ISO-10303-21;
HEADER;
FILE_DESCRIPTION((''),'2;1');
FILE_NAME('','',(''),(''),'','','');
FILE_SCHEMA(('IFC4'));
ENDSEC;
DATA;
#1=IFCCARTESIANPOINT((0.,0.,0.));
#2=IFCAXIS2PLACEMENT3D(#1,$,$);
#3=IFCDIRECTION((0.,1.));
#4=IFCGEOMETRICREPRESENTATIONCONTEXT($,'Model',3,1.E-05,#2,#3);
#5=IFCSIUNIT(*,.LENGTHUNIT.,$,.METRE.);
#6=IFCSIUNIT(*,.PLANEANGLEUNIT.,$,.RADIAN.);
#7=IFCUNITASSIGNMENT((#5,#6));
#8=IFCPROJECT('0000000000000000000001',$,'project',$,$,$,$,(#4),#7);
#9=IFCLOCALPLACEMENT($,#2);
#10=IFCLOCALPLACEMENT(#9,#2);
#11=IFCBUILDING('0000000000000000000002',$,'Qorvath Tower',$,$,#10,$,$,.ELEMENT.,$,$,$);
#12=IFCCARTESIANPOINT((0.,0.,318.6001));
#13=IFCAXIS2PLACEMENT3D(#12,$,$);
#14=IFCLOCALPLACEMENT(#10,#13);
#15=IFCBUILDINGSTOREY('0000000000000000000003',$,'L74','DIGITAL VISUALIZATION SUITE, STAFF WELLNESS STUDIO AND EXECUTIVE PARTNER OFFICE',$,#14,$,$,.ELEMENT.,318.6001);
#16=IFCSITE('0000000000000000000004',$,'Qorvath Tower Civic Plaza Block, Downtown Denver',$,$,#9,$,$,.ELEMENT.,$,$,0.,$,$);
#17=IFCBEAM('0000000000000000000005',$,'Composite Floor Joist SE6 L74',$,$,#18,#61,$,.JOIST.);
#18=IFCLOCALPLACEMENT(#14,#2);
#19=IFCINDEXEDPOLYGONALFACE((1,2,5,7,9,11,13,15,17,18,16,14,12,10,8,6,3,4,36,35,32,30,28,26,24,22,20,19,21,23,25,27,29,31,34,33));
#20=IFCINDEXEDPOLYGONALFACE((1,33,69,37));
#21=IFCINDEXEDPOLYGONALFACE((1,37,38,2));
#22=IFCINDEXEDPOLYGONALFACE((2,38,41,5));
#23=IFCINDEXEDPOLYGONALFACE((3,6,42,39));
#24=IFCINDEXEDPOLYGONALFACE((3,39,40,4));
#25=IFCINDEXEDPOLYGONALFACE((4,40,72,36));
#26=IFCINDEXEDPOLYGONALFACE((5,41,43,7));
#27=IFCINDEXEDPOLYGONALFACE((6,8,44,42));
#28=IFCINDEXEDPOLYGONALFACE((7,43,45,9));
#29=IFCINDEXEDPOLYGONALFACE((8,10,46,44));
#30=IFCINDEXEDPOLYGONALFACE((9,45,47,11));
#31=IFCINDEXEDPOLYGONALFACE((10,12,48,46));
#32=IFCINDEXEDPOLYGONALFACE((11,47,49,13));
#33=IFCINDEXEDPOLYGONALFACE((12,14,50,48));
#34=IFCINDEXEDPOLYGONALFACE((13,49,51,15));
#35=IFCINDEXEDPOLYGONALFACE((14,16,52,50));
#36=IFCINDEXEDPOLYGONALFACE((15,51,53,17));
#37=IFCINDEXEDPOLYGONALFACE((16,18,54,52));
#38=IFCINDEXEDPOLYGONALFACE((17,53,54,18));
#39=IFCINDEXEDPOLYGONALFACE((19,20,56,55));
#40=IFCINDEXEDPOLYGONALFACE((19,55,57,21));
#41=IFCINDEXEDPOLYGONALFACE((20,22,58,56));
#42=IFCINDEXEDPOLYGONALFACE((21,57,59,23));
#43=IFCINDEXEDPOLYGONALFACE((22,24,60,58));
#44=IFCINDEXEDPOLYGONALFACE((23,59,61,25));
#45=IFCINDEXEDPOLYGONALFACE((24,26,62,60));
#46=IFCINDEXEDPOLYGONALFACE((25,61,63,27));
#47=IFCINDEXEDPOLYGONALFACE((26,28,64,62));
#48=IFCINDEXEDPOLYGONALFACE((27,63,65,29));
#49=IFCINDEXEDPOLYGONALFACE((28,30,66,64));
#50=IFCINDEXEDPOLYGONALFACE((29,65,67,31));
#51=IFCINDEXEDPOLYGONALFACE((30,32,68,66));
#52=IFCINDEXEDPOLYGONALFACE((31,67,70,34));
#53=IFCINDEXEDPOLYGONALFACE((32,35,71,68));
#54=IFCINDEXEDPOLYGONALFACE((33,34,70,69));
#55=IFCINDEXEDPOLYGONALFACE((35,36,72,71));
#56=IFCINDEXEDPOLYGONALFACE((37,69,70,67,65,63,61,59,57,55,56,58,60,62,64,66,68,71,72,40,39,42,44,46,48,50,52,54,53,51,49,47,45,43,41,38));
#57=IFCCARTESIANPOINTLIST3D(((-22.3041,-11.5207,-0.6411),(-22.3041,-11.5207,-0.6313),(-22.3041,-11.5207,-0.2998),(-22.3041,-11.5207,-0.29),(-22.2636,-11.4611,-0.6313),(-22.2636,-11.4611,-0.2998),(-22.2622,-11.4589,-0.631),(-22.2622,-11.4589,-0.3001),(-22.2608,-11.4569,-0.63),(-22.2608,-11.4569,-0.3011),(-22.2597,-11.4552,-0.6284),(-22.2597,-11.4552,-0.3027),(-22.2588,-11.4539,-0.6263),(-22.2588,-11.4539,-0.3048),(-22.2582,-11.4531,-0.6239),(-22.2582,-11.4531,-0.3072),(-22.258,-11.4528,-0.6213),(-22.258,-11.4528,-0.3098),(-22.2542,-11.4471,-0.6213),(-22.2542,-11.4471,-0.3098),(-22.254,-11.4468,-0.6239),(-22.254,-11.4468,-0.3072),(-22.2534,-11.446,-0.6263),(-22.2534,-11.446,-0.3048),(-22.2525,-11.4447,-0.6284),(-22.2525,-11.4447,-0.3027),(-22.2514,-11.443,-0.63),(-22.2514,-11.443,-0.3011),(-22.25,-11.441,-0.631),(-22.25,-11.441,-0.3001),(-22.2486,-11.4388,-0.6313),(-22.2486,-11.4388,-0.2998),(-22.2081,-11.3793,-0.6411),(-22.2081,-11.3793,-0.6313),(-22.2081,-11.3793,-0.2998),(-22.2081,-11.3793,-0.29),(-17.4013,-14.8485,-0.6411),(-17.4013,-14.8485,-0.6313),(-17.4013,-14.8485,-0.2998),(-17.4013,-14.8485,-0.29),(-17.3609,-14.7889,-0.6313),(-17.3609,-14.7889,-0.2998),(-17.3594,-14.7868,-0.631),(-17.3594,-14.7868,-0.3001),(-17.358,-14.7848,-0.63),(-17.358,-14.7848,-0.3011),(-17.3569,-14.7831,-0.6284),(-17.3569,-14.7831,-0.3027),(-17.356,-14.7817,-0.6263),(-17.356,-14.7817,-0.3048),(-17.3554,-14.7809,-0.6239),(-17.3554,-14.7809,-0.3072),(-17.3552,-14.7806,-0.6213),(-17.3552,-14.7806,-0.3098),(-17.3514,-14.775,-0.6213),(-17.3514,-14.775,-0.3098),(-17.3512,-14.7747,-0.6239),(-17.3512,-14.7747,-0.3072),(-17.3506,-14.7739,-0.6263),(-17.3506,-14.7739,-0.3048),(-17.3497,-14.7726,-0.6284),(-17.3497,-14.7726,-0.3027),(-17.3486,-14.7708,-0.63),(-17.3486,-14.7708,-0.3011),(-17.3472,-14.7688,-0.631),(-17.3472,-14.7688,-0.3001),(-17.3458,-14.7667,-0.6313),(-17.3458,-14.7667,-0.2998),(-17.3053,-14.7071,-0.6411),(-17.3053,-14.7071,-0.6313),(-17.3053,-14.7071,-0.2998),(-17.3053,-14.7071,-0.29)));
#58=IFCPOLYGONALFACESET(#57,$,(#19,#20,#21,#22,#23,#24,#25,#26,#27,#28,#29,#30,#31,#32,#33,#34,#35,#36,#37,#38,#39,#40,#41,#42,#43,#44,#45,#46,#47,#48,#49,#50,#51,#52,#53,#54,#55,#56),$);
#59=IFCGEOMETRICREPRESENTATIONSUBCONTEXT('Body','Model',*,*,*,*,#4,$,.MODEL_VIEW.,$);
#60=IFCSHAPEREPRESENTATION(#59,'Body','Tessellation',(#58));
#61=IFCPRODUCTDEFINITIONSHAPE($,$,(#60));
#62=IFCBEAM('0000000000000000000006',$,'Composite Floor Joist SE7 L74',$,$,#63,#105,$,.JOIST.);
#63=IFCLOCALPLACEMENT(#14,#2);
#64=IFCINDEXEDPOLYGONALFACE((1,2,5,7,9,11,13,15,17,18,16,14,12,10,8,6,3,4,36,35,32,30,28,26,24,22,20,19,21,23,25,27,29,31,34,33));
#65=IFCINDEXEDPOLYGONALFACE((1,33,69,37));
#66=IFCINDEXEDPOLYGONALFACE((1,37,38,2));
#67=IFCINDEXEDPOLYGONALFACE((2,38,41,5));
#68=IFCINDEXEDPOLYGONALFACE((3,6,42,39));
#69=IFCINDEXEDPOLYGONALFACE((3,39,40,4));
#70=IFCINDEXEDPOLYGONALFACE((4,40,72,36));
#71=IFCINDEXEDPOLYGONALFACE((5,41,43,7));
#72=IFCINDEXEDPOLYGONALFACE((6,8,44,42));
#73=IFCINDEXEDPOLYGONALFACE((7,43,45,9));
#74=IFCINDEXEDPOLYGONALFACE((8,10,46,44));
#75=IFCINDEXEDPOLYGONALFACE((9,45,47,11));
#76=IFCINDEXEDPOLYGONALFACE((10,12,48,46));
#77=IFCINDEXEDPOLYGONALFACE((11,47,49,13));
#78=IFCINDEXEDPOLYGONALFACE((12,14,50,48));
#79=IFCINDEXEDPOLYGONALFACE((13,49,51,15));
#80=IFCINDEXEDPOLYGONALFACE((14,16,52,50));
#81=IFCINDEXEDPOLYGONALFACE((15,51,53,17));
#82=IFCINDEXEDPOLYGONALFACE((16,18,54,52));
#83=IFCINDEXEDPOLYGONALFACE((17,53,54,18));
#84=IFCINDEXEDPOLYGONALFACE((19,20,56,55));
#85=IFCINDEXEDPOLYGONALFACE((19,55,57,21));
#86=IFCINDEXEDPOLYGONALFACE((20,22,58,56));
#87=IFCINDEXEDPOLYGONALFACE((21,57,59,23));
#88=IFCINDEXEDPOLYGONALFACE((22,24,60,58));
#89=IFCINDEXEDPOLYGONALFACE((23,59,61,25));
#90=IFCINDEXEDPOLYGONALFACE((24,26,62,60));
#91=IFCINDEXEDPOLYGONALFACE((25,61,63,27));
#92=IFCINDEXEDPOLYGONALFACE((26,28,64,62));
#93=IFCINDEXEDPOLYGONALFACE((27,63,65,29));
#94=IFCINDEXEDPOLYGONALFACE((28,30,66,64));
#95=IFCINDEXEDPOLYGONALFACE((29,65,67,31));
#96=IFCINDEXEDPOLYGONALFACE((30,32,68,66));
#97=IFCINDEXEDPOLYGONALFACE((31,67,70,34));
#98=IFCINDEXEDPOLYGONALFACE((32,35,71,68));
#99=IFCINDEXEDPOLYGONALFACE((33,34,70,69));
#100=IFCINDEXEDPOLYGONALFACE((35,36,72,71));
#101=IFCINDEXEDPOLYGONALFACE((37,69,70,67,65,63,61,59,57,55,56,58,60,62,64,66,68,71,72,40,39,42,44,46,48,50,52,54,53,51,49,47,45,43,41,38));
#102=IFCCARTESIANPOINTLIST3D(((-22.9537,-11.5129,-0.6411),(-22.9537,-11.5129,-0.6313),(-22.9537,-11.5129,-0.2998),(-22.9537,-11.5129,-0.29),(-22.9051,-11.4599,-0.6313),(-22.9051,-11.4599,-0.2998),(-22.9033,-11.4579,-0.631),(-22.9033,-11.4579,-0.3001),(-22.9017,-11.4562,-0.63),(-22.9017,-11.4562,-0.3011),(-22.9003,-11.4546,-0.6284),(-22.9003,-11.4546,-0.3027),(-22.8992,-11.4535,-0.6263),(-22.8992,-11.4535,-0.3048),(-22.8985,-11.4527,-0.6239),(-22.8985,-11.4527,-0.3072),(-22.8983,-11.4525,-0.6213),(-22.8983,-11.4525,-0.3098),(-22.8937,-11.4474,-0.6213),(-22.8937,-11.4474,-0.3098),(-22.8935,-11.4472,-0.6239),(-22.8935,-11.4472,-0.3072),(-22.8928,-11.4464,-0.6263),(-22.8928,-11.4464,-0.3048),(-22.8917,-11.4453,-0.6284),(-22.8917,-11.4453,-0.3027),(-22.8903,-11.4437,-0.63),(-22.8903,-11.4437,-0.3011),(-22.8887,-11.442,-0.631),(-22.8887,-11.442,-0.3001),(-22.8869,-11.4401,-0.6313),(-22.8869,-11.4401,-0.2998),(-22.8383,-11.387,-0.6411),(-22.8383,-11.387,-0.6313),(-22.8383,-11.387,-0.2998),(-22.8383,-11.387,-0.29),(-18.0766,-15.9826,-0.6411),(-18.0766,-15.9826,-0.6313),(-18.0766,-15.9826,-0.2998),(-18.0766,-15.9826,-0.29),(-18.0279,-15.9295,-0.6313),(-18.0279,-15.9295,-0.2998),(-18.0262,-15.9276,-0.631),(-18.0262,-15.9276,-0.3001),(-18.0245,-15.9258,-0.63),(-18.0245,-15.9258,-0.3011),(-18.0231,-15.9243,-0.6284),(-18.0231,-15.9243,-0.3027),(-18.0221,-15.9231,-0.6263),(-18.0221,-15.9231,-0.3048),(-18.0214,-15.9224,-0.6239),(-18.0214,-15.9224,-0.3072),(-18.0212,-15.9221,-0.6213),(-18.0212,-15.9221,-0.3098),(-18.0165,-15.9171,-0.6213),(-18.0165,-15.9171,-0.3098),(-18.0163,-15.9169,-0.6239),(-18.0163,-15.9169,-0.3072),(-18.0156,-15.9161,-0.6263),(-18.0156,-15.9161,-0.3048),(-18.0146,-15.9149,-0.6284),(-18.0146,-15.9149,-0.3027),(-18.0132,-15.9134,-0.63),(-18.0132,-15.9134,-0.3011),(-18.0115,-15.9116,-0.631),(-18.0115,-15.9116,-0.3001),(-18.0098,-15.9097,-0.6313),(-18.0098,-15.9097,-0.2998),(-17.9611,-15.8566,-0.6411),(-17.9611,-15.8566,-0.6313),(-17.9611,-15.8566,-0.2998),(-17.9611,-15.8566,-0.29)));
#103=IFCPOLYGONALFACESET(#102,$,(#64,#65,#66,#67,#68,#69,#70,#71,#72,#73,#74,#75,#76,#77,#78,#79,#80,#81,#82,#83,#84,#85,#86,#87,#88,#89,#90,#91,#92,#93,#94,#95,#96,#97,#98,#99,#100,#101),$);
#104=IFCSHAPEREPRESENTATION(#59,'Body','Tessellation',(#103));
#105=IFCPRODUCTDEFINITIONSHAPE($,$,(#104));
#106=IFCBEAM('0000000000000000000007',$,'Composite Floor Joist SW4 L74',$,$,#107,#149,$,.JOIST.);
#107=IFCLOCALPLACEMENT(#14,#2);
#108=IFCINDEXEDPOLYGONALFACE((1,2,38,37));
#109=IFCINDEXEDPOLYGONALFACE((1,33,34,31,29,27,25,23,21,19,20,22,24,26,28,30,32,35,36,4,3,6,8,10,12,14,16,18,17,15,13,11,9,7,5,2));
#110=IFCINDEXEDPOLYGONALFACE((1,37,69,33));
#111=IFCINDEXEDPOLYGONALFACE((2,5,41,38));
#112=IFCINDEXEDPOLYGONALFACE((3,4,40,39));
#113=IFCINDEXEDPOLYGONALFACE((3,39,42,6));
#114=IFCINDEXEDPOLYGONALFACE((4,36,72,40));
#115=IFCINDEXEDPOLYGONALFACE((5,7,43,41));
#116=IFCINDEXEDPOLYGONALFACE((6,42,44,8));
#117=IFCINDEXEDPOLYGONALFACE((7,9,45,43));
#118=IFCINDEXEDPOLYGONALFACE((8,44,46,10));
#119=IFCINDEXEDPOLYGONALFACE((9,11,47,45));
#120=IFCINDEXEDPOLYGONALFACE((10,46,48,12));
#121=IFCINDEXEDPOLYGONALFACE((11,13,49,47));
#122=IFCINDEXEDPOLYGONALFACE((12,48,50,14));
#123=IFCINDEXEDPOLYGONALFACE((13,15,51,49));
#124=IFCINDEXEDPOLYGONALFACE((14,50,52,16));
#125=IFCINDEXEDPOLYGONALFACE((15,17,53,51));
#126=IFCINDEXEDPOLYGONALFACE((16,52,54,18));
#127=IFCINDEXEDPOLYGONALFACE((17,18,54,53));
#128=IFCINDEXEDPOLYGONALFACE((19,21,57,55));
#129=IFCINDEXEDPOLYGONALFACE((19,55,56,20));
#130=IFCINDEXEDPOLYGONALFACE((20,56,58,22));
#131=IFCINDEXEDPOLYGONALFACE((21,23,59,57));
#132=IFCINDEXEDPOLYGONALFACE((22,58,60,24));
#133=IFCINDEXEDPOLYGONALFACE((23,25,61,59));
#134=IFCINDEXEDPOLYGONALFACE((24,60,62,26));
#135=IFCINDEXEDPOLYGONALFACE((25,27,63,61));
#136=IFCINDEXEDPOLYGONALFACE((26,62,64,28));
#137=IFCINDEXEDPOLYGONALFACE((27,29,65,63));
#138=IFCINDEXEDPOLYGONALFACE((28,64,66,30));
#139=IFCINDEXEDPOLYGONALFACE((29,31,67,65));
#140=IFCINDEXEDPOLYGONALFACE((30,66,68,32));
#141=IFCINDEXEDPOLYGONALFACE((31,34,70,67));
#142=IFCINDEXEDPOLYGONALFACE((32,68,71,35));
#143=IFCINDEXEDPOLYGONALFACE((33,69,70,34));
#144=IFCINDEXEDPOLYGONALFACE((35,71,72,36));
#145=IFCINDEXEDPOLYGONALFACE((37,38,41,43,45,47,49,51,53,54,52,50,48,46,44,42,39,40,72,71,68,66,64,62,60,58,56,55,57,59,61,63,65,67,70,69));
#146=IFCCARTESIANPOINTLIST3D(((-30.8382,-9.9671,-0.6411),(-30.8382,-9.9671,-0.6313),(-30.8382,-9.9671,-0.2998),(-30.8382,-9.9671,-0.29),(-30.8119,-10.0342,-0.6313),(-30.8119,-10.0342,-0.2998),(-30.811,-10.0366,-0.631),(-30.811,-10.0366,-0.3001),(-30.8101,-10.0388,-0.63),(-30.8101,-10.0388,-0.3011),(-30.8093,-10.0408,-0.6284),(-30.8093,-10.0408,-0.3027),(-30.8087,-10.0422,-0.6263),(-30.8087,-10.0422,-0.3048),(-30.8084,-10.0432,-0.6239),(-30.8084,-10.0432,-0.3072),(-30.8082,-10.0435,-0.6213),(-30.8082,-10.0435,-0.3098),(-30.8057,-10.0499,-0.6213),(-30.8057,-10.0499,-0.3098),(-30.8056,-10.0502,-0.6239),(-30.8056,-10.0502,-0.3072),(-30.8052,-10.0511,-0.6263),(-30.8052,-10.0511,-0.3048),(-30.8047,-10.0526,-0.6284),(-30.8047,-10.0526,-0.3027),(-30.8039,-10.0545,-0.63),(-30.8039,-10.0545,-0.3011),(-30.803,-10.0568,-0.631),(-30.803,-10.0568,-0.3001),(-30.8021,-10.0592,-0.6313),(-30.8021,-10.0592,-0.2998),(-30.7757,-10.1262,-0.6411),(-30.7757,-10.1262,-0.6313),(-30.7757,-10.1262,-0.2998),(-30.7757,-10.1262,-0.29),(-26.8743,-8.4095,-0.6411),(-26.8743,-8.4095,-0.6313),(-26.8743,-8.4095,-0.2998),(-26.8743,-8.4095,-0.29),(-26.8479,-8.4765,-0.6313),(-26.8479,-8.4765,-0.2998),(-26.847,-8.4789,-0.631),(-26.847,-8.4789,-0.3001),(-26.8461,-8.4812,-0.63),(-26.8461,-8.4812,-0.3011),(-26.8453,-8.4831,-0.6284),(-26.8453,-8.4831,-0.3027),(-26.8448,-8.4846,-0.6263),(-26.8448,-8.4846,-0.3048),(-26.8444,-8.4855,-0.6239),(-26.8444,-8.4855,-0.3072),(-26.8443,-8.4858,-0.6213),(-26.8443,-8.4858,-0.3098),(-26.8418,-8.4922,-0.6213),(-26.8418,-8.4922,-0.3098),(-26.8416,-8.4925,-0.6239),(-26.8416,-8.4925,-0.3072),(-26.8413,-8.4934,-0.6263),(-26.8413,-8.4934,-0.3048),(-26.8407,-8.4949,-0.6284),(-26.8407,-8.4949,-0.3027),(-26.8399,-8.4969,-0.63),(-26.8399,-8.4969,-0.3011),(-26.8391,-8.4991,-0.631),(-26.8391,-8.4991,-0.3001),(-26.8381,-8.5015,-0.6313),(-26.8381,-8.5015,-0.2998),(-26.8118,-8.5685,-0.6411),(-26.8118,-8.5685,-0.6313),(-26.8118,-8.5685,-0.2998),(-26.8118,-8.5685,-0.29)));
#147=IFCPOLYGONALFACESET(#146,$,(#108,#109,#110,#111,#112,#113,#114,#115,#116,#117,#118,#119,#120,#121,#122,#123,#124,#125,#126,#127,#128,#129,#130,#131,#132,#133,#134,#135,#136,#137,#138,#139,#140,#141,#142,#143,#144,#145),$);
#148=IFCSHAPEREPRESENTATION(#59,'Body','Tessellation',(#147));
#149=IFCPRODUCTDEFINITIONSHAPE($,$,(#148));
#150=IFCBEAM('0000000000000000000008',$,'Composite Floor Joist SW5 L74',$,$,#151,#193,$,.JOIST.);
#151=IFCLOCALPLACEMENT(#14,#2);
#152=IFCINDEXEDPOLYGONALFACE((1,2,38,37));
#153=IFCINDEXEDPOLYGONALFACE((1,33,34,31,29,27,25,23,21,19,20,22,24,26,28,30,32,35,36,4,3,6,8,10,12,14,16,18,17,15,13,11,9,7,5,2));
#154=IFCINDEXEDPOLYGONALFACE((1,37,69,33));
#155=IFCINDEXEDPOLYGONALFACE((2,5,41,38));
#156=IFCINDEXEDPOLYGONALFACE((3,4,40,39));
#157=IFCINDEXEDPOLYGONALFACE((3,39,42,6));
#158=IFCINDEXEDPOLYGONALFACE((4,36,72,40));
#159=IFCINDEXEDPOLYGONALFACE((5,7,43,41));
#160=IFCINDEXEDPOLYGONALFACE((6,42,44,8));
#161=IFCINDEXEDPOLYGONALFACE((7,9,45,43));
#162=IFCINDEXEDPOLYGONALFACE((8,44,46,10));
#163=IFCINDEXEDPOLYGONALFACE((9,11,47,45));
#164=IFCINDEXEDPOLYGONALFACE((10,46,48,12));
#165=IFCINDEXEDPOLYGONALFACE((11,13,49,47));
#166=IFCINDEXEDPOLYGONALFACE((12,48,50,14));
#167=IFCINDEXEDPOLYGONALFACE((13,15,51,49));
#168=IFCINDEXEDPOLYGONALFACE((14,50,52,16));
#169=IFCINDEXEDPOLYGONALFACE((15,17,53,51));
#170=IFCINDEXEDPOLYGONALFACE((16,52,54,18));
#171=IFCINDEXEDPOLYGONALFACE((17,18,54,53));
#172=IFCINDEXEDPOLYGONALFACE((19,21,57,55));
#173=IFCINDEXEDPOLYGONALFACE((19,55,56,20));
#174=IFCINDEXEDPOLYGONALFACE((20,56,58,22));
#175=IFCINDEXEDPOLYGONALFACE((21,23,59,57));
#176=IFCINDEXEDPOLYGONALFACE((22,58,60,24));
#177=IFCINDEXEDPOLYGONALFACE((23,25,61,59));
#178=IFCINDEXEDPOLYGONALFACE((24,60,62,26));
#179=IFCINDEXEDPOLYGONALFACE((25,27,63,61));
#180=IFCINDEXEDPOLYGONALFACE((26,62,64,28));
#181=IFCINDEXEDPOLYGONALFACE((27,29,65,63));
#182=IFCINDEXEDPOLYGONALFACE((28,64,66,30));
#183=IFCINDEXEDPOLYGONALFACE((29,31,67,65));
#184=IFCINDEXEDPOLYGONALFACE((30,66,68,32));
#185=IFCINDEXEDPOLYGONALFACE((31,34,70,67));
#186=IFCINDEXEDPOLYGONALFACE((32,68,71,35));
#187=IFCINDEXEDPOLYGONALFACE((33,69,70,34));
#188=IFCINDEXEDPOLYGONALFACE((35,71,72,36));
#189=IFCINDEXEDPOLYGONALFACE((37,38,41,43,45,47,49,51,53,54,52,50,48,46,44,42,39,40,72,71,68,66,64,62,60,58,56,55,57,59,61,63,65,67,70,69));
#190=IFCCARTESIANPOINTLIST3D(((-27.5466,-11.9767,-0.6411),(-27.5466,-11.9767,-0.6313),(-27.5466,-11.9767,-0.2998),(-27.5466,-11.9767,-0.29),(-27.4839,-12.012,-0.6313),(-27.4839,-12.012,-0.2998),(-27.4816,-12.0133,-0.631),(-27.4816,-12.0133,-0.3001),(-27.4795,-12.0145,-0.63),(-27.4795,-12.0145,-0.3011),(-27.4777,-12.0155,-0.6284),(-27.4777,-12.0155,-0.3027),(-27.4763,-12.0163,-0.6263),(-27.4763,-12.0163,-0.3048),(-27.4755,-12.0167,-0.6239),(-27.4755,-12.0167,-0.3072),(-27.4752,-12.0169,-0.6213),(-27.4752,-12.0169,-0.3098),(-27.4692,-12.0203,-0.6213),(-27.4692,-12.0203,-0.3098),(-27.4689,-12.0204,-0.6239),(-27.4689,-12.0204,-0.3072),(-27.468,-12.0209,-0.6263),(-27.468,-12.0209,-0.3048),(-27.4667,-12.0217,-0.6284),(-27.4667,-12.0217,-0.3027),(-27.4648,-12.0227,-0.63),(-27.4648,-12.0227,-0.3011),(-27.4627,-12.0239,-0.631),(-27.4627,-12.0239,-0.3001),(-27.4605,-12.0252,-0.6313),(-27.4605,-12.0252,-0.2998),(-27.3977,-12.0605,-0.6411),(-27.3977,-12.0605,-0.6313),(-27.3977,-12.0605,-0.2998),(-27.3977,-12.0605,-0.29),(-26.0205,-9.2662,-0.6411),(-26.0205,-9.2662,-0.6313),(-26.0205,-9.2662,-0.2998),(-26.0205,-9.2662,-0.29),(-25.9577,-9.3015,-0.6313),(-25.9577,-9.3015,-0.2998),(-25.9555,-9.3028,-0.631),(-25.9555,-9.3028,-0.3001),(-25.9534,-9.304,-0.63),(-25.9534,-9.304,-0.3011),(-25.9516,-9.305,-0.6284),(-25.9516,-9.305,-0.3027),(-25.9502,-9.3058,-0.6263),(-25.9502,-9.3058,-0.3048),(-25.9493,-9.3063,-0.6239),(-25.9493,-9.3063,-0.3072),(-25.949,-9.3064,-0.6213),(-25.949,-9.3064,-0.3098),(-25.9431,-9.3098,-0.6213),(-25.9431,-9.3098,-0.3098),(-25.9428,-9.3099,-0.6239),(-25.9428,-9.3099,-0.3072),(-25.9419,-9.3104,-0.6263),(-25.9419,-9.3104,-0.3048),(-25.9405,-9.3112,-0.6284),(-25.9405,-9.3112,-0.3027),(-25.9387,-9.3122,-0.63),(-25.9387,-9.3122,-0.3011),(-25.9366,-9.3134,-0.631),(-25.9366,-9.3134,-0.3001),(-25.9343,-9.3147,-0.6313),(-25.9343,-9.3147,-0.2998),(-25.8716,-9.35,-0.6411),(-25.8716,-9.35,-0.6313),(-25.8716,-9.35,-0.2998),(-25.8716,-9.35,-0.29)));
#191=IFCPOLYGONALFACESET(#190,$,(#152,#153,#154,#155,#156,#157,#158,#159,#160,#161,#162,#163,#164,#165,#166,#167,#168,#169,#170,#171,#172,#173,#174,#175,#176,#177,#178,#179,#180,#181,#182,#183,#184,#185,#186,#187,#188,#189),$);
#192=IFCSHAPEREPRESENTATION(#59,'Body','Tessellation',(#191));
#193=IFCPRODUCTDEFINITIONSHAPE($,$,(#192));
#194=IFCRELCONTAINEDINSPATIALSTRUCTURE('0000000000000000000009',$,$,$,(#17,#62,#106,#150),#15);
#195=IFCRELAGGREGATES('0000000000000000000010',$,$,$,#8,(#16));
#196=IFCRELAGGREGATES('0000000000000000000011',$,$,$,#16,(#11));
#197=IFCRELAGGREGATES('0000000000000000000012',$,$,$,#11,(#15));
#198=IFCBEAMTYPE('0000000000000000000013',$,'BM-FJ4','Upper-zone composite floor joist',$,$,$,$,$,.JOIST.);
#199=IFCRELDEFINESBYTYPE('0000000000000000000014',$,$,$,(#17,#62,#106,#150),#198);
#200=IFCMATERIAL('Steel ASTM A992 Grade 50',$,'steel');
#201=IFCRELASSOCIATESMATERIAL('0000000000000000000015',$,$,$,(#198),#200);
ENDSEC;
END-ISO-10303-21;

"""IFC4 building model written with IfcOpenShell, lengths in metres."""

from ifc_helpers import new_model, si_unit, direction, frame, origin, origin_2d, place, context, subcontext, project, spatial, i_section, extrude, material, material_profile, profile_set, type_object, element, save


model = new_model("IFC4")

# Units and contexts
model_context = context("Model", 3, precision=1e-05, world=origin(), true_north=direction((0.0, 1.0)))
body_context = subcontext(model_context, "Body", "Model", "MODEL_VIEW")
ifc_project = project(units=[si_unit("LENGTHUNIT", "METRE"), si_unit("PLANEANGLEUNIT", "RADIAN")], contexts=[model_context])

# Site, building, storey
site_placement = place(None, origin())
site = spatial("IfcSite", under=ifc_project, at=site_placement, Name="Qorvath Tower Civic Plaza Block, Downtown Denver", CompositionType="ELEMENT", RefElevation=0.0)
building_placement = place(site_placement, origin())
building = spatial("IfcBuilding", under=site, at=building_placement, Name="Qorvath Tower", CompositionType="ELEMENT")
storey_placement = place(building_placement, frame((0.0, 0.0, 318.6001)))
storey = spatial("IfcBuildingStorey", under=building, at=storey_placement, Name="L74", Description="DIGITAL VISUALIZATION SUITE, STAFF WELLNESS STUDIO AND EXECUTIVE PARTNER OFFICE", CompositionType="ELEMENT", Elevation=318.6001)

# Beams
ifc_material_1 = material(Name="Steel ASTM A992 Grade 50", Category="steel")
ifc_material_profile_1 = material_profile(ifc_material_1, i_section(OverallWidth=0.1709, OverallDepth=0.3511, WebThickness=0.0068, FlangeThickness=0.0098, FilletRadius=0.01, at=origin_2d()), Name="W14x30")
ifc_profile_set_1 = profile_set([ifc_material_profile_1], Name="Steel ASTM A992 Grade 50")
beam_type_1 = type_object("IfcBeamType", Name="BM-FJ4", Description="Upper-zone composite floor joist", PredefinedType="JOIST", material=ifc_profile_set_1)
beam_1_placement = place(storey_placement, frame((-22.2561, -11.45, -0.4656), z_axis=(0.827401, -0.561612, 0.0), x_axis=(0.561612, 0.827401, 0.0)))
element("IfcBeam", 1, at=beam_1_placement, inside=storey, type_object=beam_type_1, Name="Composite Floor Joist SE6 L74", PredefinedType="JOIST", context=body_context, shape_type="SweptSolid", body=[
    extrude(i_section(OverallWidth=0.1709, OverallDepth=0.3511, WebThickness=0.0068, FlangeThickness=0.0098, FilletRadius=0.01, at=origin_2d()), origin(), (0.0, 0.0, 1.0), 5.9255),
])
beam_2_placement = place(storey_placement, frame((-22.896, -11.45, -0.4656), z_axis=(0.737232, -0.675639, 0.0), x_axis=(0.675639, 0.737232, 0.0)))
element("IfcBeam", 2, at=beam_2_placement, inside=storey, type_object=beam_type_1, Name="Composite Floor Joist SE7 L74", PredefinedType="JOIST", context=body_context, shape_type="SweptSolid", body=[
    extrude(i_section(OverallWidth=0.1709, OverallDepth=0.3511, WebThickness=0.0068, FlangeThickness=0.0098, FilletRadius=0.01, at=origin_2d()), origin(), (0.0, 0.0, 1.0), 6.6155),
])
beam_3_placement = place(storey_placement, frame((-26.843, -8.489, -0.4656), z_axis=(-0.930721, -0.36573, 0.0), x_axis=(0.36573, -0.930721, 0.0)))
element("IfcBeam", 3, at=beam_3_placement, inside=storey, type_object=beam_type_1, Name="Composite Floor Joist SW4 L74", PredefinedType="JOIST", context=body_context, shape_type="SweptSolid", body=[
    extrude(i_section(OverallWidth=0.1709, OverallDepth=0.3511, WebThickness=0.0068, FlangeThickness=0.0098, FilletRadius=0.01, at=origin_2d()), origin(), (0.0, 0.0, 1.0), 4.259),
])
beam_4_placement = place(storey_placement, frame((-25.946, -9.3081, -0.4656), z_axis=(-0.490626, -0.87137, 0.0), x_axis=(0.87137, -0.490626, 0.0)))
element("IfcBeam", 4, at=beam_4_placement, inside=storey, type_object=beam_type_1, Name="Composite Floor Joist SW5 L74", PredefinedType="JOIST", context=body_context, shape_type="SweptSolid", body=[
    extrude(i_section(OverallWidth=0.1709, OverallDepth=0.3511, WebThickness=0.0068, FlangeThickness=0.0098, FilletRadius=0.01, at=origin_2d()), origin(), (0.0, 0.0, 1.0), 3.1106),
])

save(model, "model.ifc")
